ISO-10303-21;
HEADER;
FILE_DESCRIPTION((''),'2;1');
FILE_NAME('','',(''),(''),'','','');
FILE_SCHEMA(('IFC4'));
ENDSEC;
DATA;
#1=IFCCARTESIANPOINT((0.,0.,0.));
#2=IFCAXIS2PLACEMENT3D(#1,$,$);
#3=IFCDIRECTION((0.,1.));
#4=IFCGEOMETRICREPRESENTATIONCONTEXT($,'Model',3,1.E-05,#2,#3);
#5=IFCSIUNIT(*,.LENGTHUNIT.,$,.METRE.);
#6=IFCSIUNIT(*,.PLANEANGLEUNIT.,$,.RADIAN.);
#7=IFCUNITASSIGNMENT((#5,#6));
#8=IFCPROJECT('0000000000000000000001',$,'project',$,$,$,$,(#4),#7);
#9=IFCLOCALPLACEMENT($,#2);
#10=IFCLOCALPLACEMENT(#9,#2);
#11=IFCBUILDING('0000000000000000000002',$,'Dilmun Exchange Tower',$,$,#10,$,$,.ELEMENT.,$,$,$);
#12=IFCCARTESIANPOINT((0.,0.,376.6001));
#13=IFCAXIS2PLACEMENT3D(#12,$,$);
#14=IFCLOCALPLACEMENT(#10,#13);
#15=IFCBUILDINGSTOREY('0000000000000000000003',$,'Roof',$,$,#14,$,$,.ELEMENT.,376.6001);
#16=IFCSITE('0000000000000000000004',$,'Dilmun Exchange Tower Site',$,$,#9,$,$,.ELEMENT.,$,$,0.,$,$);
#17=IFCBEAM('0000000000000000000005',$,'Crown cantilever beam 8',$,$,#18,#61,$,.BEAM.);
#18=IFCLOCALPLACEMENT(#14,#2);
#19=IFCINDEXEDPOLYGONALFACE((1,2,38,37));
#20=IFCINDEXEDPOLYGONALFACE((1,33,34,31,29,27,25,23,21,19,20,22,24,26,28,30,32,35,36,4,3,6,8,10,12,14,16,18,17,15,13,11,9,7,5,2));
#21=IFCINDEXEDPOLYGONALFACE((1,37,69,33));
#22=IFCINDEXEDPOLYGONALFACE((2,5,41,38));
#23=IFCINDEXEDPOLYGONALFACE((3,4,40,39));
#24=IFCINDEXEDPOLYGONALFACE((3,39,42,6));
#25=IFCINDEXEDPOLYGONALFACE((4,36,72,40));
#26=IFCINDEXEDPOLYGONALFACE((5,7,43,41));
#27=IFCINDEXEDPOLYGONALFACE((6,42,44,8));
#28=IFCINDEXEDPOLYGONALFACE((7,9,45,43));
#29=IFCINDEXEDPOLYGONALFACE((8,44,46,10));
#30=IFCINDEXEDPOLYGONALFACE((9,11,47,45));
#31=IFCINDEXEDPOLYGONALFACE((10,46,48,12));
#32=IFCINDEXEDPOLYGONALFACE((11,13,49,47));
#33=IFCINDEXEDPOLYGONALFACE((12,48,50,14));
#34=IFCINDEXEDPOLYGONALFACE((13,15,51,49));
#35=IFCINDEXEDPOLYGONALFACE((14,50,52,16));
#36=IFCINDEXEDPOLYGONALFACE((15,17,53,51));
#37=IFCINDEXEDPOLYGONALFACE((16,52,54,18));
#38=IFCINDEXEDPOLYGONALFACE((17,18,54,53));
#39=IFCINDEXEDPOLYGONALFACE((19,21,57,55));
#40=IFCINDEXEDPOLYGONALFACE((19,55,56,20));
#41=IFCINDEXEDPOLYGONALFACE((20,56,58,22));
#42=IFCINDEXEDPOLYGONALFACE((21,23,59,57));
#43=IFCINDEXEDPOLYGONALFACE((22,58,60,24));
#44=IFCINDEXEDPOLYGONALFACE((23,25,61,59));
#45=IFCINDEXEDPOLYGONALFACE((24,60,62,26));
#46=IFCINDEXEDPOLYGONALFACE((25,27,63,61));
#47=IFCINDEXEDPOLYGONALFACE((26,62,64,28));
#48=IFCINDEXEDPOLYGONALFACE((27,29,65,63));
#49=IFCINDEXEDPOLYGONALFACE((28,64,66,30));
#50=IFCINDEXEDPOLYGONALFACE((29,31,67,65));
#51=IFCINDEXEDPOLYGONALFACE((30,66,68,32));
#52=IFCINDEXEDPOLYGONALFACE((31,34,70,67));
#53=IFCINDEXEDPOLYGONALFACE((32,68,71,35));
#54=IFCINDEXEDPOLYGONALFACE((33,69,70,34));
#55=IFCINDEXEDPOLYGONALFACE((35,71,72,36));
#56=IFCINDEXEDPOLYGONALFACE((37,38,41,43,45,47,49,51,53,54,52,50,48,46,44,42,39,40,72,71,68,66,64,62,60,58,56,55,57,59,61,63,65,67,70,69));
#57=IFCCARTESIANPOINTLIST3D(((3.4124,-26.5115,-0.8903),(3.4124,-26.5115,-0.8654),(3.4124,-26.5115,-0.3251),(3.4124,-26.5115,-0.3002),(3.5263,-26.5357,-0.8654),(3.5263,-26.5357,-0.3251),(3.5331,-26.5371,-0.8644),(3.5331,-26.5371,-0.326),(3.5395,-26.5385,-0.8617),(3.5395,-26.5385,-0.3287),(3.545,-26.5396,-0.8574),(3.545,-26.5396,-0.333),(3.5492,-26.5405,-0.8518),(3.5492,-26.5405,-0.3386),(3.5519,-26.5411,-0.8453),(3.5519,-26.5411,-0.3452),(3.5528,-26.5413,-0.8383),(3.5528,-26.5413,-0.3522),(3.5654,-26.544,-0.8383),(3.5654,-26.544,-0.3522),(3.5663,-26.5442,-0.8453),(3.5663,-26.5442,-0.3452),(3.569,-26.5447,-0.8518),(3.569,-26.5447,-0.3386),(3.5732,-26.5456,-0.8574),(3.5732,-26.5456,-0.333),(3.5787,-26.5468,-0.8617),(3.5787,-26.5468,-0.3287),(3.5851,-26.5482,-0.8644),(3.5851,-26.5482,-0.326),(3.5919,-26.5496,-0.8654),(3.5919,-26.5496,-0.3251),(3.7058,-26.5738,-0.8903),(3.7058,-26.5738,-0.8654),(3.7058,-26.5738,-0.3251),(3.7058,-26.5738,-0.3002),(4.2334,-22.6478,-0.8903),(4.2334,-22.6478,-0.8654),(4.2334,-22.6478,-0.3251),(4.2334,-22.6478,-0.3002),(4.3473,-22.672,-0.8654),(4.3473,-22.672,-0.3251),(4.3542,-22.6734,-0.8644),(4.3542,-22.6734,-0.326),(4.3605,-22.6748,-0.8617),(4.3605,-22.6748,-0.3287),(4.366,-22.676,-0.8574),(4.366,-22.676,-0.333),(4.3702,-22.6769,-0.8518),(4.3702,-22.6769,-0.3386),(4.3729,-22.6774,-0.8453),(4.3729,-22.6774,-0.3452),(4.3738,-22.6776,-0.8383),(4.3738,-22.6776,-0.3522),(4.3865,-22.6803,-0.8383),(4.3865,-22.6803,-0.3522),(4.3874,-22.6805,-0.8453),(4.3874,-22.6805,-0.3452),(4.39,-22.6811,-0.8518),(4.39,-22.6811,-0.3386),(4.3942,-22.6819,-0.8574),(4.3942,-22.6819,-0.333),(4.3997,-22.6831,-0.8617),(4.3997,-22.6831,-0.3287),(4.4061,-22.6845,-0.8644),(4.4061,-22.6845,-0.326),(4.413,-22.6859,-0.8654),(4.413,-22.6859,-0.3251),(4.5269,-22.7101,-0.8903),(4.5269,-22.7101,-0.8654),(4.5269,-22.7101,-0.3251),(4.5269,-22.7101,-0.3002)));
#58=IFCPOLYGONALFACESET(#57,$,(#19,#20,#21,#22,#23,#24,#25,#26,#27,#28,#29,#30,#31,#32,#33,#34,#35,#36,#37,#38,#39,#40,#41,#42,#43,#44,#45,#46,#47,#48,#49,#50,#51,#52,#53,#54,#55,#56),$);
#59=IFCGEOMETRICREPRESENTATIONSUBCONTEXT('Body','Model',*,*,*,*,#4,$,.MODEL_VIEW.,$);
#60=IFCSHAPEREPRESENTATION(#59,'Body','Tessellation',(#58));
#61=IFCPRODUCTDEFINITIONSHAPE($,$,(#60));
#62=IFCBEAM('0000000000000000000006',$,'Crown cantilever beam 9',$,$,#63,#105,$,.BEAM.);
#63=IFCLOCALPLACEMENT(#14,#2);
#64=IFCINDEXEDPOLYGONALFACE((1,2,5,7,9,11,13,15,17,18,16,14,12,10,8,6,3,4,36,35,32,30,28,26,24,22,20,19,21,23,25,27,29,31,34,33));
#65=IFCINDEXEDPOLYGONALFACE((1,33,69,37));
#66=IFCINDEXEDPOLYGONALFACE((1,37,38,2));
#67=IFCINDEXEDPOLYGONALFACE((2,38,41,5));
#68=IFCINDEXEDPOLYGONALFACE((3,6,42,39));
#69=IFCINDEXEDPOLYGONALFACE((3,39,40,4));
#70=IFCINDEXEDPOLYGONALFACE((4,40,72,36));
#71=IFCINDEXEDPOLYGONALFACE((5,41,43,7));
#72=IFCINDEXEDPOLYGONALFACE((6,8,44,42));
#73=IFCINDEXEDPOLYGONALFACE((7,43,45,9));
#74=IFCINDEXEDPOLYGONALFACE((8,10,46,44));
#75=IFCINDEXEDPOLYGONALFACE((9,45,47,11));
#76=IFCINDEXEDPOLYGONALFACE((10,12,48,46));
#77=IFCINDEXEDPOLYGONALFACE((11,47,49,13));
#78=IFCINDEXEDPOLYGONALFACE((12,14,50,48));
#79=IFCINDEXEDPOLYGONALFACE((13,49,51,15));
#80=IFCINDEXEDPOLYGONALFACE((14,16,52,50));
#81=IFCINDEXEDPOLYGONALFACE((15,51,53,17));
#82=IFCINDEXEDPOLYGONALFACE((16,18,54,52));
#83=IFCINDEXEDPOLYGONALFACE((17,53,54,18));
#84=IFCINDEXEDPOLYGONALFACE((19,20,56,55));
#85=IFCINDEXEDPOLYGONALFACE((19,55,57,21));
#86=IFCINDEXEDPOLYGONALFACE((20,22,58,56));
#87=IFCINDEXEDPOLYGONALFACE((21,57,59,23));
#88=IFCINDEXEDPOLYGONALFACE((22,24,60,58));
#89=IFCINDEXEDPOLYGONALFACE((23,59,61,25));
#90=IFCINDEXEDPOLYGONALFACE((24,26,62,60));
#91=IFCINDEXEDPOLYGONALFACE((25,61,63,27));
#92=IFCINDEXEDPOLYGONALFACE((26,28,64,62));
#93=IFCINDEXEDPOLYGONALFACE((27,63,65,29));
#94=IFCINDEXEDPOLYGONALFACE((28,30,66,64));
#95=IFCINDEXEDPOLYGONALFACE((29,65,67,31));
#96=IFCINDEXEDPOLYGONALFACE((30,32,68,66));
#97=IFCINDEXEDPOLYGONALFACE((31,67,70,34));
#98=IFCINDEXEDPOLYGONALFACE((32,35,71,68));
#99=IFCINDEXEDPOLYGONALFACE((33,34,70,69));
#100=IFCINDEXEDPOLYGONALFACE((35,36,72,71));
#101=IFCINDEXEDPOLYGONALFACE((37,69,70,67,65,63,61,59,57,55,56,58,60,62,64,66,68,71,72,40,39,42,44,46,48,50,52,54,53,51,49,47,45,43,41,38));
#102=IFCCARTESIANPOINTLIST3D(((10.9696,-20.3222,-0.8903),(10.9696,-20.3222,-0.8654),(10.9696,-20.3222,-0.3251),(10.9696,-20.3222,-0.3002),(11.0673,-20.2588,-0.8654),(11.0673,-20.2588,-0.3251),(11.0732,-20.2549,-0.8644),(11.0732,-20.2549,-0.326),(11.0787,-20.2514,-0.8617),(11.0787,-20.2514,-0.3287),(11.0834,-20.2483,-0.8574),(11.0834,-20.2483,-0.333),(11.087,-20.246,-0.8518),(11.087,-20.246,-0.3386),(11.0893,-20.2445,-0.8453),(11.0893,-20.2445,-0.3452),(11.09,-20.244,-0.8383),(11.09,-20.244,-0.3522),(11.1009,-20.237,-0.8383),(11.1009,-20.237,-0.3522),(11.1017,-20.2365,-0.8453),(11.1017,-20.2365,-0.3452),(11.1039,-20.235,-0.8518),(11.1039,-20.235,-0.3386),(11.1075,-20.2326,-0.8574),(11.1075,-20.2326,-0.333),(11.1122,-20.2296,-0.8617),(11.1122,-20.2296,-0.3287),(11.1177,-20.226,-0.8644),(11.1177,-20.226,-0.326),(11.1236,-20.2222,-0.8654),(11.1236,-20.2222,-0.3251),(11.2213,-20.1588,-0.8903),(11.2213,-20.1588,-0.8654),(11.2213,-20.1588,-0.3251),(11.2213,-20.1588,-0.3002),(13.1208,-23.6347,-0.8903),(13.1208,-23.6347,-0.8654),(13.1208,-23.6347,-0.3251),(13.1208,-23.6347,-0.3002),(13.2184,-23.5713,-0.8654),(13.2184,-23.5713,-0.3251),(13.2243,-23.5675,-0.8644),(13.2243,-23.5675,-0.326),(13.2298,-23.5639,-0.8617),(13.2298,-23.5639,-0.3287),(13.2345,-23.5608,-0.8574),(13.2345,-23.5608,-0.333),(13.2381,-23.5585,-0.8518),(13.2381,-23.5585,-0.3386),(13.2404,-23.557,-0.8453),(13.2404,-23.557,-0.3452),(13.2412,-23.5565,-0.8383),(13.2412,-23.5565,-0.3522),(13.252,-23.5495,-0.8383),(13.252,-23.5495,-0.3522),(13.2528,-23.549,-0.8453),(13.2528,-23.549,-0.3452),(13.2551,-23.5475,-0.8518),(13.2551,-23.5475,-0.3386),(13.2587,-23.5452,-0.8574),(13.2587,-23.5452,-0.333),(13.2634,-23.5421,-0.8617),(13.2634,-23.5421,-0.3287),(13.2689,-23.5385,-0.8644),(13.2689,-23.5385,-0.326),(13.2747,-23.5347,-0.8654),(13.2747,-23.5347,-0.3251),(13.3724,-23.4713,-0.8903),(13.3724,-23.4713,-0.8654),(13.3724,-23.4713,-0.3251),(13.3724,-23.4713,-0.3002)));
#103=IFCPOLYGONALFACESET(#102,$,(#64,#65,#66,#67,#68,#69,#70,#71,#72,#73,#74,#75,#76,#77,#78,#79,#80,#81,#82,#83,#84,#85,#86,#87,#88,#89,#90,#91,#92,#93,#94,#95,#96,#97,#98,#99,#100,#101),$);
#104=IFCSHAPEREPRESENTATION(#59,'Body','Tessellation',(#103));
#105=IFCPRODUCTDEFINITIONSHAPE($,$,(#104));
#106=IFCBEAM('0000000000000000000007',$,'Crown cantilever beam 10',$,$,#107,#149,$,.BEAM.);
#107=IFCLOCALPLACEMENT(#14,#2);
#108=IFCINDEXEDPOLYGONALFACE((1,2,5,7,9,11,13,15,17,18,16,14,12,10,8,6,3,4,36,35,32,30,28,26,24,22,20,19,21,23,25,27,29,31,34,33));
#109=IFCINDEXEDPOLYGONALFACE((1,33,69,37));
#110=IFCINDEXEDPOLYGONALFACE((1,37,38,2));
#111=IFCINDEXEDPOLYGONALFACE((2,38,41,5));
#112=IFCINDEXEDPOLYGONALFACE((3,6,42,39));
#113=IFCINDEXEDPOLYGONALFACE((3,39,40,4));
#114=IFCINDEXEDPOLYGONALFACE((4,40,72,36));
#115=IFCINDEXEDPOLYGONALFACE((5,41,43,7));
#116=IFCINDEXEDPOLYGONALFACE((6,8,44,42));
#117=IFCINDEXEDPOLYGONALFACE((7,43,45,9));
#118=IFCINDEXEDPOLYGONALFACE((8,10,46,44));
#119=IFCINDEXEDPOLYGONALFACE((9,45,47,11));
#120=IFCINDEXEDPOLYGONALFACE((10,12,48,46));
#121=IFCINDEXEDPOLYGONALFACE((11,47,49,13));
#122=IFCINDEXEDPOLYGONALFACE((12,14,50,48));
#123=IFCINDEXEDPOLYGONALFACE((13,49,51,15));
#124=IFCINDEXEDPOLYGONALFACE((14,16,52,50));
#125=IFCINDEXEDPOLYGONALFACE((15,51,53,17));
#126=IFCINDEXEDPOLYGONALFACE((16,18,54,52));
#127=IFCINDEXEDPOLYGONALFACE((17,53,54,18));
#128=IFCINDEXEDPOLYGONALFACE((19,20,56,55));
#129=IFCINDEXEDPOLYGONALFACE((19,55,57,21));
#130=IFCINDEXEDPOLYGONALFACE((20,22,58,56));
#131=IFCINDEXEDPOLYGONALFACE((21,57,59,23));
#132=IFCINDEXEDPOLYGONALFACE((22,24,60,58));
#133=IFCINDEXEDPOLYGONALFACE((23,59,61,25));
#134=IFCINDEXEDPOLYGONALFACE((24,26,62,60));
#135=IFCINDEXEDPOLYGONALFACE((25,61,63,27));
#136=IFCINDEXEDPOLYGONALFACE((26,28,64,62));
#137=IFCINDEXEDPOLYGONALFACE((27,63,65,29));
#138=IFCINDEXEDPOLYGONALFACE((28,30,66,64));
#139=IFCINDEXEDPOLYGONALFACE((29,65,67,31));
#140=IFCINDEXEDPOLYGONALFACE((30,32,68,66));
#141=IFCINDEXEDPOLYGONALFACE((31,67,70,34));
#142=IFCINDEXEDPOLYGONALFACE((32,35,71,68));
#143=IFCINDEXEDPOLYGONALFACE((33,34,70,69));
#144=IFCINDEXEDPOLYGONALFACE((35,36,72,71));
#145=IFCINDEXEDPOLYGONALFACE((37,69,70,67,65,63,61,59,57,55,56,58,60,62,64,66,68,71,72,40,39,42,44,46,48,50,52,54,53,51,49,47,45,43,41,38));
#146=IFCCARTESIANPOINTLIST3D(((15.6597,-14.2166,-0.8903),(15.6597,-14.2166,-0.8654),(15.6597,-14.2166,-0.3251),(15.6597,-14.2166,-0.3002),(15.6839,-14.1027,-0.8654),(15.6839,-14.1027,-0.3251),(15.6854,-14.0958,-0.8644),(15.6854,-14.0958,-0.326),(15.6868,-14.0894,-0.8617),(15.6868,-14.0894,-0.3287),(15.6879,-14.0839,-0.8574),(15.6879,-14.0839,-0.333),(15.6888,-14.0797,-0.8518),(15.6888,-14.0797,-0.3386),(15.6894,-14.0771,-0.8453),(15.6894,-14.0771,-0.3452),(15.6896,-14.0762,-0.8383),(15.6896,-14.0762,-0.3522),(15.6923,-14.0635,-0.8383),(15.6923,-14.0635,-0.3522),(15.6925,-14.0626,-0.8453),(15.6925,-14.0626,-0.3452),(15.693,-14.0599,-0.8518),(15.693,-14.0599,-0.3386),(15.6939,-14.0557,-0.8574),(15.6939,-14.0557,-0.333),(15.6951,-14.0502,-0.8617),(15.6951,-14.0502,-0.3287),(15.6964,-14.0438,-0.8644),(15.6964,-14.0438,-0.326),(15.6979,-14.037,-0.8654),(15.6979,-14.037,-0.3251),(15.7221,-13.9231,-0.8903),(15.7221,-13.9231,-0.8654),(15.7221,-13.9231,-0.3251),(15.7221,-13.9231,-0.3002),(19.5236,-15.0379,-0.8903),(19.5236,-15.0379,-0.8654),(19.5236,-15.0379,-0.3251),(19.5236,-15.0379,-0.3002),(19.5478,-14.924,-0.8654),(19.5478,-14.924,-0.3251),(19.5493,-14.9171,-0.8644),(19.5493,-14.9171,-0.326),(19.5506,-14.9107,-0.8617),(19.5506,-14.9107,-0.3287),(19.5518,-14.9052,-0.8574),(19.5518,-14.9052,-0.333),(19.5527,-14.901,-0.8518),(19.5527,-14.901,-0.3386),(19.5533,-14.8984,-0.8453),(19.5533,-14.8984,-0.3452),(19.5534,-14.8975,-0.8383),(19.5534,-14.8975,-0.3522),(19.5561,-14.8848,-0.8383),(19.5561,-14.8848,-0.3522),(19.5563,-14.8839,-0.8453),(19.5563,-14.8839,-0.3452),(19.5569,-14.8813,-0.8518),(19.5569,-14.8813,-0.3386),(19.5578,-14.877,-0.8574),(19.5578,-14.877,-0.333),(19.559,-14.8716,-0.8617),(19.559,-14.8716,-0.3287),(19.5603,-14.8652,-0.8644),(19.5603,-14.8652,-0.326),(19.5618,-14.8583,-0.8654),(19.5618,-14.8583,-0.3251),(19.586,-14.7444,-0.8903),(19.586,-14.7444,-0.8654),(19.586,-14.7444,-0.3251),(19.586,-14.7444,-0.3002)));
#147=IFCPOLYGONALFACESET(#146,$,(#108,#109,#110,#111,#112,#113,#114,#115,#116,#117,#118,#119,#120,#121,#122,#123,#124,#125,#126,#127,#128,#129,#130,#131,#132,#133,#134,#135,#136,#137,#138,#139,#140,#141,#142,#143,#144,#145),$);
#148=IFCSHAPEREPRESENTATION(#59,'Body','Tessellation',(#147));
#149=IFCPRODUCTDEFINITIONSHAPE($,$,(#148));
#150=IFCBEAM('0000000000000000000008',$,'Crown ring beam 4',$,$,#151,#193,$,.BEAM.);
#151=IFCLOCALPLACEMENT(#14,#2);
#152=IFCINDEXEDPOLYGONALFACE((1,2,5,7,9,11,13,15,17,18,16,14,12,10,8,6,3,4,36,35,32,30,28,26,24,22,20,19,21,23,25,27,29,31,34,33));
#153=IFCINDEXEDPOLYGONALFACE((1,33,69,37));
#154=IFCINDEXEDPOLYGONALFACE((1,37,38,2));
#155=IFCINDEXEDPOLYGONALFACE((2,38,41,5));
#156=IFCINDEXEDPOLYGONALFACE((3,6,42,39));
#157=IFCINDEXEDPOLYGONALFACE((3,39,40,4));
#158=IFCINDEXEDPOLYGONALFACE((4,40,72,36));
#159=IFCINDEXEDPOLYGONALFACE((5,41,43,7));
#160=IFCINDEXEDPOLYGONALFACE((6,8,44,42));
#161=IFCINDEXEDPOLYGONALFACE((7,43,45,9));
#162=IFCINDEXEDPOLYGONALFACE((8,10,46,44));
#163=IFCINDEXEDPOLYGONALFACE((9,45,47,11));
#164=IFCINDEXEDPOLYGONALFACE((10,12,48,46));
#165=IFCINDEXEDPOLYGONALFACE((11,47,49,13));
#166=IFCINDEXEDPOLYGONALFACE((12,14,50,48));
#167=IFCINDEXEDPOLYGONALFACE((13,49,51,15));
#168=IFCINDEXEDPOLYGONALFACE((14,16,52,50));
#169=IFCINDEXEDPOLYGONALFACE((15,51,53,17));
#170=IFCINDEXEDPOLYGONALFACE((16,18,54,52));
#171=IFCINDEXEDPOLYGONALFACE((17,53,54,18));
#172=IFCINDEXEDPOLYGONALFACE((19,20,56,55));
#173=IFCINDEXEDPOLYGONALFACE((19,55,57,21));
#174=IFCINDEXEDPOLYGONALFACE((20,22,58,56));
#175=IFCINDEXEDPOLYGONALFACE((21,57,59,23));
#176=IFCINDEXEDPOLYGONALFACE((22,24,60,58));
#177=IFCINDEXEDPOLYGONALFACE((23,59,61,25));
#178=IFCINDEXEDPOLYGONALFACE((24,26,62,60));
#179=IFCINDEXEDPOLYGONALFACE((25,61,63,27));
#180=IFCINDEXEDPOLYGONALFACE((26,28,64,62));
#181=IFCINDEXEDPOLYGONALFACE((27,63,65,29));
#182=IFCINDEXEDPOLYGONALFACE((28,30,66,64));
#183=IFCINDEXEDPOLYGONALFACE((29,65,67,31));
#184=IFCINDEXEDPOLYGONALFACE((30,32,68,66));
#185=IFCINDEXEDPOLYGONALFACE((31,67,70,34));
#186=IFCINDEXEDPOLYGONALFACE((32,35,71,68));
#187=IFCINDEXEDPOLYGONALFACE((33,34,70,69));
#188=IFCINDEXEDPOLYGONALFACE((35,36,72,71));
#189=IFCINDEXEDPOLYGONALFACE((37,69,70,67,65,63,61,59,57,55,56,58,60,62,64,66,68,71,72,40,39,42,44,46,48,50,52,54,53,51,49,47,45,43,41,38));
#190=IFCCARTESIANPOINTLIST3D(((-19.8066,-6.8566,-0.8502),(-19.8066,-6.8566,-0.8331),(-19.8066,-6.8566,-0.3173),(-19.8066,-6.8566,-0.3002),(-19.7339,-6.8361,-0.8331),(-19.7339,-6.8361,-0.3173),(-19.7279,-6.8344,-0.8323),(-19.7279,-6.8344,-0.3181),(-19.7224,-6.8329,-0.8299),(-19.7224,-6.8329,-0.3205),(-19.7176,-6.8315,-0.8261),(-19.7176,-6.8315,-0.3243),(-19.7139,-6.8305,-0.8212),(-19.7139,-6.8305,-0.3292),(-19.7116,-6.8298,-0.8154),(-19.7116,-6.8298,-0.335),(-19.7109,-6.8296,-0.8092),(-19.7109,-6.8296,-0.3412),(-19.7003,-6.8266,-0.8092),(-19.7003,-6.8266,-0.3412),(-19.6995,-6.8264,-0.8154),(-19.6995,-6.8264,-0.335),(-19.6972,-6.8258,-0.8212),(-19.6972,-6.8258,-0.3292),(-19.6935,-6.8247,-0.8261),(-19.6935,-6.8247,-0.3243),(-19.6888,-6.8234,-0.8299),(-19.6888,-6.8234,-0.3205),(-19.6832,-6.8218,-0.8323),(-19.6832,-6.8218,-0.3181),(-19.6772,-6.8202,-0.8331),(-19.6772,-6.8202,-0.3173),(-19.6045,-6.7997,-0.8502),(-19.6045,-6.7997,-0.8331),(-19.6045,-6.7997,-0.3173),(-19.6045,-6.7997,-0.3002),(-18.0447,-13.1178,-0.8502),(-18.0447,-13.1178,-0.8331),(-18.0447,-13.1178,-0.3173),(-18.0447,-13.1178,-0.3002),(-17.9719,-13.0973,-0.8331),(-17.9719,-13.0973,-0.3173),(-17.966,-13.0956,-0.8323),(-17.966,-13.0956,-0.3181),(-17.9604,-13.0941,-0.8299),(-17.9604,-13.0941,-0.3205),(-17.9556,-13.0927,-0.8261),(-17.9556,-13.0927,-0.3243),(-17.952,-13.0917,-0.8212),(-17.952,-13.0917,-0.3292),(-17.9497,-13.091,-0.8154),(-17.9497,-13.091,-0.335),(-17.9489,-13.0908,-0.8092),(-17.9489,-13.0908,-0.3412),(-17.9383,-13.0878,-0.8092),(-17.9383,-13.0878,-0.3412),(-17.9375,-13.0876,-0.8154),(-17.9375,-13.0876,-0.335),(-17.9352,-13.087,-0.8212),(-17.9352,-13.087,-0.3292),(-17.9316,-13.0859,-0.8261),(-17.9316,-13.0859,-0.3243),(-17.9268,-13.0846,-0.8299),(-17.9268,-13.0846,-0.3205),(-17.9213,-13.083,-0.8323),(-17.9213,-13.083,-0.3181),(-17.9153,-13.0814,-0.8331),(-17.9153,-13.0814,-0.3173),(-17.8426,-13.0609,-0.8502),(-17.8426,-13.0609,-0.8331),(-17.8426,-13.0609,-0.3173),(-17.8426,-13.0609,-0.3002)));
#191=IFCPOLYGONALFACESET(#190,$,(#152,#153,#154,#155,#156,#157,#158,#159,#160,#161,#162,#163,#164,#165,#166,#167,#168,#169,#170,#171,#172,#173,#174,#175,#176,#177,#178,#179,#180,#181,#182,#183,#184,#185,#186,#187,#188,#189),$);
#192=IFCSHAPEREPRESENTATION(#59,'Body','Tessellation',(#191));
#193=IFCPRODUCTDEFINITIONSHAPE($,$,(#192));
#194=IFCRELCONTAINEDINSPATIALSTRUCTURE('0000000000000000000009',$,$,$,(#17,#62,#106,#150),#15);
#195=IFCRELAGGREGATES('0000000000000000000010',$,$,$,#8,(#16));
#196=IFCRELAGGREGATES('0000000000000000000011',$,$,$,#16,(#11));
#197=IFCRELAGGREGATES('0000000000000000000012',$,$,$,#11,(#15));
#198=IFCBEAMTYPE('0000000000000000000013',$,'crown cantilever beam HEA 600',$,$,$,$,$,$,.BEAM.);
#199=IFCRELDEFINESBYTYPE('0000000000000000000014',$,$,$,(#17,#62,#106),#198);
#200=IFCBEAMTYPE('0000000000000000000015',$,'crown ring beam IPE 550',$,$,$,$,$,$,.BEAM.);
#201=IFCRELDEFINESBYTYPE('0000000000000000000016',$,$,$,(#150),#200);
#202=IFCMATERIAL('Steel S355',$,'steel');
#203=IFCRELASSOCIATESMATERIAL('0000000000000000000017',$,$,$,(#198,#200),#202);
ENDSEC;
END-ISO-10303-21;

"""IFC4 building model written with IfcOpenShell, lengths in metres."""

from ifc_helpers import new_model, si_unit, direction, frame, origin, origin_2d, place, context, subcontext, project, spatial, i_section, extrude, material, material_profile, profile_set, type_object, element, save


model = new_model("IFC4")

# Units and contexts
model_context = context("Model", 3, precision=1e-05, world=origin(), true_north=direction((0.0, 1.0)))
body_context = subcontext(model_context, "Body", "Model", "MODEL_VIEW")
ifc_project = project(units=[si_unit("LENGTHUNIT", "METRE"), si_unit("PLANEANGLEUNIT", "RADIAN")], contexts=[model_context])

# Site, building, storey
site_placement = place(None, origin())
site = spatial("IfcSite", under=ifc_project, at=site_placement, Name="Dilmun Exchange Tower Site", CompositionType="ELEMENT", RefElevation=0.0)
building_placement = place(site_placement, origin())
building = spatial("IfcBuilding", under=site, at=building_placement, Name="Dilmun Exchange Tower", CompositionType="ELEMENT")
storey_placement = place(building_placement, frame((0.0, 0.0, 376.6001)))
storey = spatial("IfcBuildingStorey", under=building, at=storey_placement, Name="Roof", CompositionType="ELEMENT", Elevation=376.6001)

# Beams
ifc_material_1 = material(Name="Steel S355", Category="steel")
ifc_material_profile_1 = material_profile(ifc_material_1, i_section(OverallWidth=0.3, OverallDepth=0.5901, WebThickness=0.0129, FlangeThickness=0.0249, FilletRadius=0.0271, at=origin_2d()), Name="HEA 600")
ifc_profile_set_1 = profile_set([ifc_material_profile_1], Name="Steel S355")
beam_type_1 = type_object("IfcBeamType", Name="crown cantilever beam HEA 600", PredefinedType="BEAM", material=ifc_profile_set_1)
beam_1_placement = place(storey_placement, frame((4.3801, -22.679, -0.5952), z_axis=(-0.207857, -0.978159, 0.0), x_axis=(0.978159, -0.207857, 0.0)))
element("IfcBeam", 1, at=beam_1_placement, inside=storey, type_object=beam_type_1, Name="Crown cantilever beam 8", PredefinedType="BEAM", context=body_context, shape_type="SweptSolid", body=[
    extrude(i_section(OverallWidth=0.3, OverallDepth=0.5901, WebThickness=0.0129, FlangeThickness=0.0249, FilletRadius=0.0271, at=origin_2d()), origin(), (0.0, 0.0, 1.0), 3.95),
])
beam_2_placement = place(storey_placement, frame((11.0955, -20.2405, -0.5952), z_axis=(0.544632, -0.838675, 0.0), x_axis=(0.838675, 0.544632, 0.0)))
element("IfcBeam", 2, at=beam_2_placement, inside=storey, type_object=beam_type_1, Name="Crown cantilever beam 9", PredefinedType="BEAM", context=body_context, shape_type="SweptSolid", body=[
    extrude(i_section(OverallWidth=0.3, OverallDepth=0.5901, WebThickness=0.0129, FlangeThickness=0.0249, FilletRadius=0.0271, at=origin_2d()), origin(), (0.0, 0.0, 1.0), 3.9497),
])
beam_3_placement = place(storey_placement, frame((15.6909, -14.0698, -0.5952), z_axis=(0.978147, -0.207916, 0.0), x_axis=(0.207916, 0.978147, 0.0)))
element("IfcBeam", 3, at=beam_3_placement, inside=storey, type_object=beam_type_1, Name="Crown cantilever beam 10", PredefinedType="BEAM", context=body_context, shape_type="SweptSolid", body=[
    extrude(i_section(OverallWidth=0.3, OverallDepth=0.5901, WebThickness=0.0129, FlangeThickness=0.0249, FilletRadius=0.0271, at=origin_2d()), origin(), (0.0, 0.0, 1.0), 3.9502),
])
ifc_material_profile_2 = material_profile(ifc_material_1, i_section(OverallWidth=0.21, OverallDepth=0.55, WebThickness=0.011, FlangeThickness=0.0171, FilletRadius=0.0239, at=origin_2d()), Name="IPE 550")
ifc_profile_set_2 = profile_set([ifc_material_profile_2], Name="Steel S355")
beam_type_2 = type_object("IfcBeamType", Name="crown ring beam IPE 550", PredefinedType="BEAM", material=ifc_profile_set_2)
beam_4_placement = place(storey_placement, frame((-19.7056, -6.8281, -0.5752), z_axis=(0.270887, -0.962611, 0.0), x_axis=(0.962611, 0.270887, 0.0)))
element("IfcBeam", 4, at=beam_4_placement, inside=storey, type_object=beam_type_2, Name="Crown ring beam 4", PredefinedType="BEAM", context=body_context, shape_type="SweptSolid", body=[
    extrude(i_section(OverallWidth=0.21, OverallDepth=0.55, WebThickness=0.011, FlangeThickness=0.0171, FilletRadius=0.0239, at=origin_2d()), origin(), (0.0, 0.0, 1.0), 6.5044),
])

save(model, "model.ifc")
